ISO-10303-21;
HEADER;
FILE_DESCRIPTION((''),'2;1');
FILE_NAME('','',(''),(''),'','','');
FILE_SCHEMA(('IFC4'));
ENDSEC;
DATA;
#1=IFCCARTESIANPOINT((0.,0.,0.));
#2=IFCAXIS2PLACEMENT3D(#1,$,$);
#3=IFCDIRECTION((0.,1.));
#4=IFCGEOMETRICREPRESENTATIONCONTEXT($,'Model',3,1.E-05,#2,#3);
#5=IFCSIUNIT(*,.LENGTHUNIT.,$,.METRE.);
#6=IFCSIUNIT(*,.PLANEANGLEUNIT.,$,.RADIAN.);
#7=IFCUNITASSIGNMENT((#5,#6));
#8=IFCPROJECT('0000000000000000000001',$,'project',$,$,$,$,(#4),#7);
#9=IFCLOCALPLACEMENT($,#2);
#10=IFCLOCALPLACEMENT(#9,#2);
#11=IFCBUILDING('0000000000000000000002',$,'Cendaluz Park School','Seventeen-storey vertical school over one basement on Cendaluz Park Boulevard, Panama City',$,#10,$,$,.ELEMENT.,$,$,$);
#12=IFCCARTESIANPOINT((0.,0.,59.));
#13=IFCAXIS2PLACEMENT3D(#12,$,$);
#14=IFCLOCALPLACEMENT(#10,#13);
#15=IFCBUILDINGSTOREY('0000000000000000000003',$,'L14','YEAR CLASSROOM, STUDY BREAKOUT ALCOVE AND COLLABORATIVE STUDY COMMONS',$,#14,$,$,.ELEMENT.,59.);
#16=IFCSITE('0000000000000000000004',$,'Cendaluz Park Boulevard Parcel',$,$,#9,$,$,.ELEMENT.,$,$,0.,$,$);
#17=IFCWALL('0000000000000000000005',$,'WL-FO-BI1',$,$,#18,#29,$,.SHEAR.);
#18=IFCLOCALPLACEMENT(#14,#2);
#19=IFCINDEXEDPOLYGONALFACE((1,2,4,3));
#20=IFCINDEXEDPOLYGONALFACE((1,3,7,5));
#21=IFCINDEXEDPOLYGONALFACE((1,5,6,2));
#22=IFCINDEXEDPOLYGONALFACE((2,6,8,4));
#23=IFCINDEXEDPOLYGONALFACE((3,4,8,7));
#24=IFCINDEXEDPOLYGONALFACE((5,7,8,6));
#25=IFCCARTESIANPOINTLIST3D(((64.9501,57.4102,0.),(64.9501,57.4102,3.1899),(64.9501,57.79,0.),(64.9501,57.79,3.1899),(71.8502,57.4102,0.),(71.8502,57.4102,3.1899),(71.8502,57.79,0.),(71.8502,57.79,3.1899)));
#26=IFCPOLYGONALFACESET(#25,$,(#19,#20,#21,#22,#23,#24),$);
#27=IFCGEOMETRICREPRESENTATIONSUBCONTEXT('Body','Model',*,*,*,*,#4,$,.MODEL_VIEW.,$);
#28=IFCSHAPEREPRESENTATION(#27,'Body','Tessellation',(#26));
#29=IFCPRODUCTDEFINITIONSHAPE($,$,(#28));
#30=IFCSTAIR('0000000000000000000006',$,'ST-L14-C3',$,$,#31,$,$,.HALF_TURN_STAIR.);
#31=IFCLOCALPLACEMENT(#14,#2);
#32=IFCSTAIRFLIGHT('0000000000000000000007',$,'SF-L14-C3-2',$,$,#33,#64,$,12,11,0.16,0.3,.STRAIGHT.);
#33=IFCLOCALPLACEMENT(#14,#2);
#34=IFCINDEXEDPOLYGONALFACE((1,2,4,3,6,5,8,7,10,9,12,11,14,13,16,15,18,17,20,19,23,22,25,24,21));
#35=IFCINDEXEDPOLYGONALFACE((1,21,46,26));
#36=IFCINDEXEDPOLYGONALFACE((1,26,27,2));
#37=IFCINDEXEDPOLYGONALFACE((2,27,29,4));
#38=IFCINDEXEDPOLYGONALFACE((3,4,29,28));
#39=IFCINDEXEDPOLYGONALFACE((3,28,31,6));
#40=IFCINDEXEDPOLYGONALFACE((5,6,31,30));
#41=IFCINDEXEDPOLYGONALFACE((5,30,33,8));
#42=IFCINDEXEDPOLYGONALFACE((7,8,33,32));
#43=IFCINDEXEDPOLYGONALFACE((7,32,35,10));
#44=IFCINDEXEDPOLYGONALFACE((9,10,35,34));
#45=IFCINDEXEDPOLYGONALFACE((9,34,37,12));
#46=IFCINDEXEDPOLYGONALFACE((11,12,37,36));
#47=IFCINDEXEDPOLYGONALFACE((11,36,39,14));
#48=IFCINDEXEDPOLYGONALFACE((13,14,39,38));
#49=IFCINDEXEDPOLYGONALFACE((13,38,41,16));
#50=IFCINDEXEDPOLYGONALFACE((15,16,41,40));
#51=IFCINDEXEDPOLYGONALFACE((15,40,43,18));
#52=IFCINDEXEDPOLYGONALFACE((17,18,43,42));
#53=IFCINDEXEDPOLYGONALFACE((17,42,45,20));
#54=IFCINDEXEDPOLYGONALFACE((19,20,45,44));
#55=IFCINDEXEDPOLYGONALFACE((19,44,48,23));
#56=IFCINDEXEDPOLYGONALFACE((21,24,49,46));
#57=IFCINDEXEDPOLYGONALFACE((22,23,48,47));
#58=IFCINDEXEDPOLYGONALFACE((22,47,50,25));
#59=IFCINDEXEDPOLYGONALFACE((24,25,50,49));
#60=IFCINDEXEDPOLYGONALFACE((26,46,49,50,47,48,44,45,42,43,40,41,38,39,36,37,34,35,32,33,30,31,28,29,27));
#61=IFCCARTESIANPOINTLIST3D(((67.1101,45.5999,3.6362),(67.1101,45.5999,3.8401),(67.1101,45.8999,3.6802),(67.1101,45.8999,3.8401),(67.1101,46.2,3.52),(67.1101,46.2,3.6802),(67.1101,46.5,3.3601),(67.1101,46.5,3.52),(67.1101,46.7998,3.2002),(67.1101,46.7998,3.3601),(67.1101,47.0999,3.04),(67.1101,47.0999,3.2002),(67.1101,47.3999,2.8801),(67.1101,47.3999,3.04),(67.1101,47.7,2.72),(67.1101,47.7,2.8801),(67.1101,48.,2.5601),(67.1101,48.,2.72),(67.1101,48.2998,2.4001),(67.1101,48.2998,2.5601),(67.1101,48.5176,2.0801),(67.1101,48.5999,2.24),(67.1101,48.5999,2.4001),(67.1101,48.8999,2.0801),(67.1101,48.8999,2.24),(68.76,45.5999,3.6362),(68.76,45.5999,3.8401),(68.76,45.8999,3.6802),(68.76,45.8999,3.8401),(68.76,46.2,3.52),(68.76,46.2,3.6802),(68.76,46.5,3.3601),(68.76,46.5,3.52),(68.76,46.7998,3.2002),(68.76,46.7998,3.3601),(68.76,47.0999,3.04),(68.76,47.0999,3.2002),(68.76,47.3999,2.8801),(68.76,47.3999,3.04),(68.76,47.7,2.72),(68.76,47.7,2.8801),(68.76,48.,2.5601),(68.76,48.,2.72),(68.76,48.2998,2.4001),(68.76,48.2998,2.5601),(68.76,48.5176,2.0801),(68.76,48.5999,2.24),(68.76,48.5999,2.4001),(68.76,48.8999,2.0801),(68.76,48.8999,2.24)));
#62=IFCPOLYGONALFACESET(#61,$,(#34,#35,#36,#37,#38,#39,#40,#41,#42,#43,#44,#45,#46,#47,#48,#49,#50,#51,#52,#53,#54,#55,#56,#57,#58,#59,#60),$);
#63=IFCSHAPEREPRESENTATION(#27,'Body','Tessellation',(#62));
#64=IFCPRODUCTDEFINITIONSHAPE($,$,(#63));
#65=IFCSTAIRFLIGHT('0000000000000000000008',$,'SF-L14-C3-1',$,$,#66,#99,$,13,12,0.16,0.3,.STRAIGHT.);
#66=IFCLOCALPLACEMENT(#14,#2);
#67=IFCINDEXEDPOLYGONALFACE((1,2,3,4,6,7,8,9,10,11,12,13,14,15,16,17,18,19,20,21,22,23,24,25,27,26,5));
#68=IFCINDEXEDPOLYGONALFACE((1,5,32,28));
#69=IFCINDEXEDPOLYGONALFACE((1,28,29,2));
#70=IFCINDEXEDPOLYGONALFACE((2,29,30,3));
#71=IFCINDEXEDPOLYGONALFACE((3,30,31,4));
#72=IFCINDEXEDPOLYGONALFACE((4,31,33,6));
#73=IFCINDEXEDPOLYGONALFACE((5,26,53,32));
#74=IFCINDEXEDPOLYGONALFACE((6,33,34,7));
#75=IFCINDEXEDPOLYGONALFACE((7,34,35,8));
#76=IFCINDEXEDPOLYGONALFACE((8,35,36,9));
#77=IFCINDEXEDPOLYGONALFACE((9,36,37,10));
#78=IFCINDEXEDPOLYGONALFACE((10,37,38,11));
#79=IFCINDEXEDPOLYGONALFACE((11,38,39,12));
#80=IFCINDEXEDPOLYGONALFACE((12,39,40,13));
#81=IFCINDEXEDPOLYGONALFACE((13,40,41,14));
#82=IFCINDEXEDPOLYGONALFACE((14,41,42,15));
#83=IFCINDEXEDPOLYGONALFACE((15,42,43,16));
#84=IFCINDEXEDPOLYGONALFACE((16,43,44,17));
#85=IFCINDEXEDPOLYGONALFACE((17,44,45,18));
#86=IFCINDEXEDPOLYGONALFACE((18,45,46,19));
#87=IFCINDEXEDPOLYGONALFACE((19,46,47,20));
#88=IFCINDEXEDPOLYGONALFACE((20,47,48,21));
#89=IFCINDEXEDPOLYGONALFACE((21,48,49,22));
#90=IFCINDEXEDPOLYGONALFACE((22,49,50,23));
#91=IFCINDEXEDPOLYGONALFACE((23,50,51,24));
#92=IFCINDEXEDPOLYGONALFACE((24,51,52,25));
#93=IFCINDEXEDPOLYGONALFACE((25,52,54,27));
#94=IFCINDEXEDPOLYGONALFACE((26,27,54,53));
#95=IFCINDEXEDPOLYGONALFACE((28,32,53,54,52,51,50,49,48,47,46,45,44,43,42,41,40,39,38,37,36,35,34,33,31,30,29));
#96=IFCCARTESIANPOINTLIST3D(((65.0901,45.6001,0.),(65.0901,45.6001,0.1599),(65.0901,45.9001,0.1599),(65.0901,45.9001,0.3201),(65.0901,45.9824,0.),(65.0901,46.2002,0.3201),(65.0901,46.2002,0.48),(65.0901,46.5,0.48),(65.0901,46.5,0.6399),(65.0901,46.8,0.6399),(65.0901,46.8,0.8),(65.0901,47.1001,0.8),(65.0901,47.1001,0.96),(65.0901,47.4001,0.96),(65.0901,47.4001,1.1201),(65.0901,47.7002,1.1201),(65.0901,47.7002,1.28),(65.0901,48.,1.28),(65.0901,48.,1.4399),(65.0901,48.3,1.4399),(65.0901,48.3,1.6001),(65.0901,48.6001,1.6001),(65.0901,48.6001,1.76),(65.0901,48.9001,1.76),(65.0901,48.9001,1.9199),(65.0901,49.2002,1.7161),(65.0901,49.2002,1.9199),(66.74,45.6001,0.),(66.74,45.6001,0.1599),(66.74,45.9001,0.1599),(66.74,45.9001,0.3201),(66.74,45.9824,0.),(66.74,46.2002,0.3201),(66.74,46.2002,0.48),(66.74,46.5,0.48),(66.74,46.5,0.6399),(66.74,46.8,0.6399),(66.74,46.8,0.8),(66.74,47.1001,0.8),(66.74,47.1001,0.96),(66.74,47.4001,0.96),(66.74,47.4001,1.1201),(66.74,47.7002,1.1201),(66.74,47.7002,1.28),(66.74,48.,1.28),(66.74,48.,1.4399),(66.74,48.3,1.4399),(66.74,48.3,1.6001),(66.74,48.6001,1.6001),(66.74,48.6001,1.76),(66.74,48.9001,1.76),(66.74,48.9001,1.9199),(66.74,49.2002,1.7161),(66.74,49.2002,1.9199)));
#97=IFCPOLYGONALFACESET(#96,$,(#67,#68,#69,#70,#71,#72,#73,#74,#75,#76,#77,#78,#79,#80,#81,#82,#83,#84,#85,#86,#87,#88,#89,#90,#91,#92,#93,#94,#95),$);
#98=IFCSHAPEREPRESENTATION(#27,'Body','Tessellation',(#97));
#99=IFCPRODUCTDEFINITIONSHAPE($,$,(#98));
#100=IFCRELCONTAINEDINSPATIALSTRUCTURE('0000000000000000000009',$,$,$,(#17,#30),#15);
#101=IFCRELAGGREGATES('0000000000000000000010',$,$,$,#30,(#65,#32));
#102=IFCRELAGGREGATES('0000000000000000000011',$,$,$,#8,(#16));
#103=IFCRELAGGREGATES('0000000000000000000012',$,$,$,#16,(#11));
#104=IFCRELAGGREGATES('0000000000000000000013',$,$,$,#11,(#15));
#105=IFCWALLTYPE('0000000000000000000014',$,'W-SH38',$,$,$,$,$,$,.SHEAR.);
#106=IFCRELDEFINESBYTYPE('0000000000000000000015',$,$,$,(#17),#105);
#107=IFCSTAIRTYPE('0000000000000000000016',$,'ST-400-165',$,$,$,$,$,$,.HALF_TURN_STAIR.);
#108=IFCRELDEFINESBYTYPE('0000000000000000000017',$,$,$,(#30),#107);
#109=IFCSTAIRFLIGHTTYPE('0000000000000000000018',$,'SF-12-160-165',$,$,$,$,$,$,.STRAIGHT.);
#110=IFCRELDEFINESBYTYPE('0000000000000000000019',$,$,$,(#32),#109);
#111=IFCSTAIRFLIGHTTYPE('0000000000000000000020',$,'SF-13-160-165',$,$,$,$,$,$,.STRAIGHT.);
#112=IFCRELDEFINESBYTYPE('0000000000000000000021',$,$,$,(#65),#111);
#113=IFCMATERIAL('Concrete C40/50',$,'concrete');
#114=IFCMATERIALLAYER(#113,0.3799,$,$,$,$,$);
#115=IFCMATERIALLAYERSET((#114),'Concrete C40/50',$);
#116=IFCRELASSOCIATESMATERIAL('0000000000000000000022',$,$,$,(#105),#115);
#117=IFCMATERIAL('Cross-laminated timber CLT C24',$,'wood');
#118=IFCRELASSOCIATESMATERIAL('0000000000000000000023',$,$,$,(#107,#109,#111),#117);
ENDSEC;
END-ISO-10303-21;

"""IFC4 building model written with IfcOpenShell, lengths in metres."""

from ifc_helpers import new_model, si_unit, direction, frame, frame_2d, origin, place, context, subcontext, project, spatial, polyline, rectangle, outline, extrude, material, layer, layer_set, type_object, element, aggregate, save


model = new_model("IFC4")

# Units and contexts
model_context = context("Model", 3, precision=1e-05, world=origin(), true_north=direction((0.0, 1.0)))
body_context = subcontext(model_context, "Body", "Model", "MODEL_VIEW")
ifc_project = project(units=[si_unit("LENGTHUNIT", "METRE"), si_unit("PLANEANGLEUNIT", "RADIAN")], contexts=[model_context])

# Site, building, storey
site_placement = place(None, origin())
site = spatial("IfcSite", under=ifc_project, at=site_placement, Name="Cendaluz Park Boulevard Parcel", CompositionType="ELEMENT", RefElevation=0.0)
building_placement = place(site_placement, origin())
building = spatial("IfcBuilding", under=site, at=building_placement, Name="Cendaluz Park School", Description="Seventeen-storey vertical school over one basement on Cendaluz Park Boulevard, Panama City", CompositionType="ELEMENT")
storey_placement = place(building_placement, frame((0.0, 0.0, 59.0)))
storey = spatial("IfcBuildingStorey", under=building, at=storey_placement, Name="L14", Description="YEAR CLASSROOM, STUDY BREAKOUT ALCOVE AND COLLABORATIVE STUDY COMMONS", CompositionType="ELEMENT", Elevation=59.0)

# Shared definitions
ifc_material_1 = material(Name="Concrete C40/50", Category="concrete")

# Wall
ifc_layer_1 = layer(ifc_material_1, 0.3799)
ifc_layer_set_1 = layer_set([ifc_layer_1], Name="Concrete C40/50")
wall_type_1 = type_object("IfcWallType", Name="W-SH38", PredefinedType="SHEAR", material=ifc_layer_set_1)
wall_1_placement = place(storey_placement, frame((64.95, 57.6001, 0.0), z_axis=(0.0, 0.0, 1.0), x_axis=(1.0, 0.0, 0.0)))
element("IfcWall", 1, at=wall_1_placement, inside=storey, type_object=wall_type_1, Name="WL-FO-BI1", PredefinedType="SHEAR", context=body_context, shape_type="SweptSolid", body=[
    extrude(rectangle(XDim=6.9001, YDim=0.3799, at=frame_2d((3.4502, 0.0))), origin(), (0.0, 0.0, 1.0), 3.1899),
])

# Stair, stair flights
ifc_material_2 = material(Name="Cross-laminated timber CLT C24", Category="wood")
stair_type = type_object("IfcStairType", Name="ST-400-165", PredefinedType="HALF_TURN_STAIR", material=ifc_material_2)
stair_placement = place(storey_placement, origin())
stair = element("IfcStair", 2, at=stair_placement, inside=storey, type_object=stair_type, Name="ST-L14-C3", PredefinedType="HALF_TURN_STAIR")
stair_flight_type_1 = type_object("IfcStairFlightType", Name="SF-12-160-165", PredefinedType="STRAIGHT", material=ifc_material_2)
stair_flight_1_placement = place(storey_placement, frame((67.9351, 48.8999, 2.0801), z_axis=(0.0, 0.0, 1.0), x_axis=(0.0, -1.0, 0.0)))
stair_flight_1 = element("IfcStairFlight", 3, at=stair_flight_1_placement, type_object=stair_flight_type_1, Name="SF-L14-C3-2", NumberOfRisers=12, NumberOfTreads=11, PredefinedType="STRAIGHT", RiserHeight=0.16, TreadLength=0.3, context=body_context, shape_type="SweptSolid", body=[
    extrude(outline(polyline([(0.0, 0.0), (0.0, 0.1599), (0.3, 0.1599), (0.3, 0.3201), (0.6001, 0.3201), (0.6001, 0.48), (0.8999, 0.48), (0.8999, 0.6399), (1.2, 0.6399), (1.2, 0.8), (1.5, 0.8), (1.5, 0.96), (1.8, 0.96), (1.8, 1.1201), (2.1001, 1.1201), (2.1001, 1.28), (2.3999, 1.28), (2.3999, 1.4399), (2.7, 1.4399), (2.7, 1.6001), (3.0, 1.6001), (3.0, 1.76), (3.3, 1.76), (3.3, 1.9199), (3.3, 1.5562), (0.3823, 0.0), (0.0, 0.0)])), frame((0.0, 0.825, 0.0), z_axis=(0.0, -1.0, 0.0), x_axis=(1.0, 0.0, 0.0)), (0.0, 0.0, 1.0), 1.6499),
])
stair_flight_type_2 = type_object("IfcStairFlightType", Name="SF-13-160-165", PredefinedType="STRAIGHT", material=ifc_material_2)
stair_flight_2_placement = place(storey_placement, frame((65.915, 45.6001, 0.0), z_axis=(0.0, 0.0, 1.0), x_axis=(0.0, 1.0, 0.0)))
stair_flight_2 = element("IfcStairFlight", 4, at=stair_flight_2_placement, type_object=stair_flight_type_2, Name="SF-L14-C3-1", NumberOfRisers=13, NumberOfTreads=12, PredefinedType="STRAIGHT", RiserHeight=0.16, TreadLength=0.3, context=body_context, shape_type="SweptSolid", body=[
    extrude(outline(polyline([(0.0, 0.0), (0.0, 0.1599), (0.3, 0.1599), (0.3, 0.3201), (0.6001, 0.3201), (0.6001, 0.48), (0.8999, 0.48), (0.8999, 0.6399), (1.2, 0.6399), (1.2, 0.8), (1.5, 0.8), (1.5, 0.96), (1.8, 0.96), (1.8, 1.1201), (2.1001, 1.1201), (2.1001, 1.28), (2.3999, 1.28), (2.3999, 1.4399), (2.7, 1.4399), (2.7, 1.6001), (3.0, 1.6001), (3.0, 1.76), (3.3, 1.76), (3.3, 1.9199), (3.6001, 1.9199), (3.6001, 2.0801), (3.6001, 1.7161), (0.3823, 0.0), (0.0, 0.0)])), frame((0.0, 0.825, 0.0), z_axis=(0.0, -1.0, 0.0), x_axis=(1.0, 0.0, 0.0)), (0.0, 0.0, 1.0), 1.6499),
])
aggregate(stair, [stair_flight_2, stair_flight_1])

save(model, "model.ifc")
